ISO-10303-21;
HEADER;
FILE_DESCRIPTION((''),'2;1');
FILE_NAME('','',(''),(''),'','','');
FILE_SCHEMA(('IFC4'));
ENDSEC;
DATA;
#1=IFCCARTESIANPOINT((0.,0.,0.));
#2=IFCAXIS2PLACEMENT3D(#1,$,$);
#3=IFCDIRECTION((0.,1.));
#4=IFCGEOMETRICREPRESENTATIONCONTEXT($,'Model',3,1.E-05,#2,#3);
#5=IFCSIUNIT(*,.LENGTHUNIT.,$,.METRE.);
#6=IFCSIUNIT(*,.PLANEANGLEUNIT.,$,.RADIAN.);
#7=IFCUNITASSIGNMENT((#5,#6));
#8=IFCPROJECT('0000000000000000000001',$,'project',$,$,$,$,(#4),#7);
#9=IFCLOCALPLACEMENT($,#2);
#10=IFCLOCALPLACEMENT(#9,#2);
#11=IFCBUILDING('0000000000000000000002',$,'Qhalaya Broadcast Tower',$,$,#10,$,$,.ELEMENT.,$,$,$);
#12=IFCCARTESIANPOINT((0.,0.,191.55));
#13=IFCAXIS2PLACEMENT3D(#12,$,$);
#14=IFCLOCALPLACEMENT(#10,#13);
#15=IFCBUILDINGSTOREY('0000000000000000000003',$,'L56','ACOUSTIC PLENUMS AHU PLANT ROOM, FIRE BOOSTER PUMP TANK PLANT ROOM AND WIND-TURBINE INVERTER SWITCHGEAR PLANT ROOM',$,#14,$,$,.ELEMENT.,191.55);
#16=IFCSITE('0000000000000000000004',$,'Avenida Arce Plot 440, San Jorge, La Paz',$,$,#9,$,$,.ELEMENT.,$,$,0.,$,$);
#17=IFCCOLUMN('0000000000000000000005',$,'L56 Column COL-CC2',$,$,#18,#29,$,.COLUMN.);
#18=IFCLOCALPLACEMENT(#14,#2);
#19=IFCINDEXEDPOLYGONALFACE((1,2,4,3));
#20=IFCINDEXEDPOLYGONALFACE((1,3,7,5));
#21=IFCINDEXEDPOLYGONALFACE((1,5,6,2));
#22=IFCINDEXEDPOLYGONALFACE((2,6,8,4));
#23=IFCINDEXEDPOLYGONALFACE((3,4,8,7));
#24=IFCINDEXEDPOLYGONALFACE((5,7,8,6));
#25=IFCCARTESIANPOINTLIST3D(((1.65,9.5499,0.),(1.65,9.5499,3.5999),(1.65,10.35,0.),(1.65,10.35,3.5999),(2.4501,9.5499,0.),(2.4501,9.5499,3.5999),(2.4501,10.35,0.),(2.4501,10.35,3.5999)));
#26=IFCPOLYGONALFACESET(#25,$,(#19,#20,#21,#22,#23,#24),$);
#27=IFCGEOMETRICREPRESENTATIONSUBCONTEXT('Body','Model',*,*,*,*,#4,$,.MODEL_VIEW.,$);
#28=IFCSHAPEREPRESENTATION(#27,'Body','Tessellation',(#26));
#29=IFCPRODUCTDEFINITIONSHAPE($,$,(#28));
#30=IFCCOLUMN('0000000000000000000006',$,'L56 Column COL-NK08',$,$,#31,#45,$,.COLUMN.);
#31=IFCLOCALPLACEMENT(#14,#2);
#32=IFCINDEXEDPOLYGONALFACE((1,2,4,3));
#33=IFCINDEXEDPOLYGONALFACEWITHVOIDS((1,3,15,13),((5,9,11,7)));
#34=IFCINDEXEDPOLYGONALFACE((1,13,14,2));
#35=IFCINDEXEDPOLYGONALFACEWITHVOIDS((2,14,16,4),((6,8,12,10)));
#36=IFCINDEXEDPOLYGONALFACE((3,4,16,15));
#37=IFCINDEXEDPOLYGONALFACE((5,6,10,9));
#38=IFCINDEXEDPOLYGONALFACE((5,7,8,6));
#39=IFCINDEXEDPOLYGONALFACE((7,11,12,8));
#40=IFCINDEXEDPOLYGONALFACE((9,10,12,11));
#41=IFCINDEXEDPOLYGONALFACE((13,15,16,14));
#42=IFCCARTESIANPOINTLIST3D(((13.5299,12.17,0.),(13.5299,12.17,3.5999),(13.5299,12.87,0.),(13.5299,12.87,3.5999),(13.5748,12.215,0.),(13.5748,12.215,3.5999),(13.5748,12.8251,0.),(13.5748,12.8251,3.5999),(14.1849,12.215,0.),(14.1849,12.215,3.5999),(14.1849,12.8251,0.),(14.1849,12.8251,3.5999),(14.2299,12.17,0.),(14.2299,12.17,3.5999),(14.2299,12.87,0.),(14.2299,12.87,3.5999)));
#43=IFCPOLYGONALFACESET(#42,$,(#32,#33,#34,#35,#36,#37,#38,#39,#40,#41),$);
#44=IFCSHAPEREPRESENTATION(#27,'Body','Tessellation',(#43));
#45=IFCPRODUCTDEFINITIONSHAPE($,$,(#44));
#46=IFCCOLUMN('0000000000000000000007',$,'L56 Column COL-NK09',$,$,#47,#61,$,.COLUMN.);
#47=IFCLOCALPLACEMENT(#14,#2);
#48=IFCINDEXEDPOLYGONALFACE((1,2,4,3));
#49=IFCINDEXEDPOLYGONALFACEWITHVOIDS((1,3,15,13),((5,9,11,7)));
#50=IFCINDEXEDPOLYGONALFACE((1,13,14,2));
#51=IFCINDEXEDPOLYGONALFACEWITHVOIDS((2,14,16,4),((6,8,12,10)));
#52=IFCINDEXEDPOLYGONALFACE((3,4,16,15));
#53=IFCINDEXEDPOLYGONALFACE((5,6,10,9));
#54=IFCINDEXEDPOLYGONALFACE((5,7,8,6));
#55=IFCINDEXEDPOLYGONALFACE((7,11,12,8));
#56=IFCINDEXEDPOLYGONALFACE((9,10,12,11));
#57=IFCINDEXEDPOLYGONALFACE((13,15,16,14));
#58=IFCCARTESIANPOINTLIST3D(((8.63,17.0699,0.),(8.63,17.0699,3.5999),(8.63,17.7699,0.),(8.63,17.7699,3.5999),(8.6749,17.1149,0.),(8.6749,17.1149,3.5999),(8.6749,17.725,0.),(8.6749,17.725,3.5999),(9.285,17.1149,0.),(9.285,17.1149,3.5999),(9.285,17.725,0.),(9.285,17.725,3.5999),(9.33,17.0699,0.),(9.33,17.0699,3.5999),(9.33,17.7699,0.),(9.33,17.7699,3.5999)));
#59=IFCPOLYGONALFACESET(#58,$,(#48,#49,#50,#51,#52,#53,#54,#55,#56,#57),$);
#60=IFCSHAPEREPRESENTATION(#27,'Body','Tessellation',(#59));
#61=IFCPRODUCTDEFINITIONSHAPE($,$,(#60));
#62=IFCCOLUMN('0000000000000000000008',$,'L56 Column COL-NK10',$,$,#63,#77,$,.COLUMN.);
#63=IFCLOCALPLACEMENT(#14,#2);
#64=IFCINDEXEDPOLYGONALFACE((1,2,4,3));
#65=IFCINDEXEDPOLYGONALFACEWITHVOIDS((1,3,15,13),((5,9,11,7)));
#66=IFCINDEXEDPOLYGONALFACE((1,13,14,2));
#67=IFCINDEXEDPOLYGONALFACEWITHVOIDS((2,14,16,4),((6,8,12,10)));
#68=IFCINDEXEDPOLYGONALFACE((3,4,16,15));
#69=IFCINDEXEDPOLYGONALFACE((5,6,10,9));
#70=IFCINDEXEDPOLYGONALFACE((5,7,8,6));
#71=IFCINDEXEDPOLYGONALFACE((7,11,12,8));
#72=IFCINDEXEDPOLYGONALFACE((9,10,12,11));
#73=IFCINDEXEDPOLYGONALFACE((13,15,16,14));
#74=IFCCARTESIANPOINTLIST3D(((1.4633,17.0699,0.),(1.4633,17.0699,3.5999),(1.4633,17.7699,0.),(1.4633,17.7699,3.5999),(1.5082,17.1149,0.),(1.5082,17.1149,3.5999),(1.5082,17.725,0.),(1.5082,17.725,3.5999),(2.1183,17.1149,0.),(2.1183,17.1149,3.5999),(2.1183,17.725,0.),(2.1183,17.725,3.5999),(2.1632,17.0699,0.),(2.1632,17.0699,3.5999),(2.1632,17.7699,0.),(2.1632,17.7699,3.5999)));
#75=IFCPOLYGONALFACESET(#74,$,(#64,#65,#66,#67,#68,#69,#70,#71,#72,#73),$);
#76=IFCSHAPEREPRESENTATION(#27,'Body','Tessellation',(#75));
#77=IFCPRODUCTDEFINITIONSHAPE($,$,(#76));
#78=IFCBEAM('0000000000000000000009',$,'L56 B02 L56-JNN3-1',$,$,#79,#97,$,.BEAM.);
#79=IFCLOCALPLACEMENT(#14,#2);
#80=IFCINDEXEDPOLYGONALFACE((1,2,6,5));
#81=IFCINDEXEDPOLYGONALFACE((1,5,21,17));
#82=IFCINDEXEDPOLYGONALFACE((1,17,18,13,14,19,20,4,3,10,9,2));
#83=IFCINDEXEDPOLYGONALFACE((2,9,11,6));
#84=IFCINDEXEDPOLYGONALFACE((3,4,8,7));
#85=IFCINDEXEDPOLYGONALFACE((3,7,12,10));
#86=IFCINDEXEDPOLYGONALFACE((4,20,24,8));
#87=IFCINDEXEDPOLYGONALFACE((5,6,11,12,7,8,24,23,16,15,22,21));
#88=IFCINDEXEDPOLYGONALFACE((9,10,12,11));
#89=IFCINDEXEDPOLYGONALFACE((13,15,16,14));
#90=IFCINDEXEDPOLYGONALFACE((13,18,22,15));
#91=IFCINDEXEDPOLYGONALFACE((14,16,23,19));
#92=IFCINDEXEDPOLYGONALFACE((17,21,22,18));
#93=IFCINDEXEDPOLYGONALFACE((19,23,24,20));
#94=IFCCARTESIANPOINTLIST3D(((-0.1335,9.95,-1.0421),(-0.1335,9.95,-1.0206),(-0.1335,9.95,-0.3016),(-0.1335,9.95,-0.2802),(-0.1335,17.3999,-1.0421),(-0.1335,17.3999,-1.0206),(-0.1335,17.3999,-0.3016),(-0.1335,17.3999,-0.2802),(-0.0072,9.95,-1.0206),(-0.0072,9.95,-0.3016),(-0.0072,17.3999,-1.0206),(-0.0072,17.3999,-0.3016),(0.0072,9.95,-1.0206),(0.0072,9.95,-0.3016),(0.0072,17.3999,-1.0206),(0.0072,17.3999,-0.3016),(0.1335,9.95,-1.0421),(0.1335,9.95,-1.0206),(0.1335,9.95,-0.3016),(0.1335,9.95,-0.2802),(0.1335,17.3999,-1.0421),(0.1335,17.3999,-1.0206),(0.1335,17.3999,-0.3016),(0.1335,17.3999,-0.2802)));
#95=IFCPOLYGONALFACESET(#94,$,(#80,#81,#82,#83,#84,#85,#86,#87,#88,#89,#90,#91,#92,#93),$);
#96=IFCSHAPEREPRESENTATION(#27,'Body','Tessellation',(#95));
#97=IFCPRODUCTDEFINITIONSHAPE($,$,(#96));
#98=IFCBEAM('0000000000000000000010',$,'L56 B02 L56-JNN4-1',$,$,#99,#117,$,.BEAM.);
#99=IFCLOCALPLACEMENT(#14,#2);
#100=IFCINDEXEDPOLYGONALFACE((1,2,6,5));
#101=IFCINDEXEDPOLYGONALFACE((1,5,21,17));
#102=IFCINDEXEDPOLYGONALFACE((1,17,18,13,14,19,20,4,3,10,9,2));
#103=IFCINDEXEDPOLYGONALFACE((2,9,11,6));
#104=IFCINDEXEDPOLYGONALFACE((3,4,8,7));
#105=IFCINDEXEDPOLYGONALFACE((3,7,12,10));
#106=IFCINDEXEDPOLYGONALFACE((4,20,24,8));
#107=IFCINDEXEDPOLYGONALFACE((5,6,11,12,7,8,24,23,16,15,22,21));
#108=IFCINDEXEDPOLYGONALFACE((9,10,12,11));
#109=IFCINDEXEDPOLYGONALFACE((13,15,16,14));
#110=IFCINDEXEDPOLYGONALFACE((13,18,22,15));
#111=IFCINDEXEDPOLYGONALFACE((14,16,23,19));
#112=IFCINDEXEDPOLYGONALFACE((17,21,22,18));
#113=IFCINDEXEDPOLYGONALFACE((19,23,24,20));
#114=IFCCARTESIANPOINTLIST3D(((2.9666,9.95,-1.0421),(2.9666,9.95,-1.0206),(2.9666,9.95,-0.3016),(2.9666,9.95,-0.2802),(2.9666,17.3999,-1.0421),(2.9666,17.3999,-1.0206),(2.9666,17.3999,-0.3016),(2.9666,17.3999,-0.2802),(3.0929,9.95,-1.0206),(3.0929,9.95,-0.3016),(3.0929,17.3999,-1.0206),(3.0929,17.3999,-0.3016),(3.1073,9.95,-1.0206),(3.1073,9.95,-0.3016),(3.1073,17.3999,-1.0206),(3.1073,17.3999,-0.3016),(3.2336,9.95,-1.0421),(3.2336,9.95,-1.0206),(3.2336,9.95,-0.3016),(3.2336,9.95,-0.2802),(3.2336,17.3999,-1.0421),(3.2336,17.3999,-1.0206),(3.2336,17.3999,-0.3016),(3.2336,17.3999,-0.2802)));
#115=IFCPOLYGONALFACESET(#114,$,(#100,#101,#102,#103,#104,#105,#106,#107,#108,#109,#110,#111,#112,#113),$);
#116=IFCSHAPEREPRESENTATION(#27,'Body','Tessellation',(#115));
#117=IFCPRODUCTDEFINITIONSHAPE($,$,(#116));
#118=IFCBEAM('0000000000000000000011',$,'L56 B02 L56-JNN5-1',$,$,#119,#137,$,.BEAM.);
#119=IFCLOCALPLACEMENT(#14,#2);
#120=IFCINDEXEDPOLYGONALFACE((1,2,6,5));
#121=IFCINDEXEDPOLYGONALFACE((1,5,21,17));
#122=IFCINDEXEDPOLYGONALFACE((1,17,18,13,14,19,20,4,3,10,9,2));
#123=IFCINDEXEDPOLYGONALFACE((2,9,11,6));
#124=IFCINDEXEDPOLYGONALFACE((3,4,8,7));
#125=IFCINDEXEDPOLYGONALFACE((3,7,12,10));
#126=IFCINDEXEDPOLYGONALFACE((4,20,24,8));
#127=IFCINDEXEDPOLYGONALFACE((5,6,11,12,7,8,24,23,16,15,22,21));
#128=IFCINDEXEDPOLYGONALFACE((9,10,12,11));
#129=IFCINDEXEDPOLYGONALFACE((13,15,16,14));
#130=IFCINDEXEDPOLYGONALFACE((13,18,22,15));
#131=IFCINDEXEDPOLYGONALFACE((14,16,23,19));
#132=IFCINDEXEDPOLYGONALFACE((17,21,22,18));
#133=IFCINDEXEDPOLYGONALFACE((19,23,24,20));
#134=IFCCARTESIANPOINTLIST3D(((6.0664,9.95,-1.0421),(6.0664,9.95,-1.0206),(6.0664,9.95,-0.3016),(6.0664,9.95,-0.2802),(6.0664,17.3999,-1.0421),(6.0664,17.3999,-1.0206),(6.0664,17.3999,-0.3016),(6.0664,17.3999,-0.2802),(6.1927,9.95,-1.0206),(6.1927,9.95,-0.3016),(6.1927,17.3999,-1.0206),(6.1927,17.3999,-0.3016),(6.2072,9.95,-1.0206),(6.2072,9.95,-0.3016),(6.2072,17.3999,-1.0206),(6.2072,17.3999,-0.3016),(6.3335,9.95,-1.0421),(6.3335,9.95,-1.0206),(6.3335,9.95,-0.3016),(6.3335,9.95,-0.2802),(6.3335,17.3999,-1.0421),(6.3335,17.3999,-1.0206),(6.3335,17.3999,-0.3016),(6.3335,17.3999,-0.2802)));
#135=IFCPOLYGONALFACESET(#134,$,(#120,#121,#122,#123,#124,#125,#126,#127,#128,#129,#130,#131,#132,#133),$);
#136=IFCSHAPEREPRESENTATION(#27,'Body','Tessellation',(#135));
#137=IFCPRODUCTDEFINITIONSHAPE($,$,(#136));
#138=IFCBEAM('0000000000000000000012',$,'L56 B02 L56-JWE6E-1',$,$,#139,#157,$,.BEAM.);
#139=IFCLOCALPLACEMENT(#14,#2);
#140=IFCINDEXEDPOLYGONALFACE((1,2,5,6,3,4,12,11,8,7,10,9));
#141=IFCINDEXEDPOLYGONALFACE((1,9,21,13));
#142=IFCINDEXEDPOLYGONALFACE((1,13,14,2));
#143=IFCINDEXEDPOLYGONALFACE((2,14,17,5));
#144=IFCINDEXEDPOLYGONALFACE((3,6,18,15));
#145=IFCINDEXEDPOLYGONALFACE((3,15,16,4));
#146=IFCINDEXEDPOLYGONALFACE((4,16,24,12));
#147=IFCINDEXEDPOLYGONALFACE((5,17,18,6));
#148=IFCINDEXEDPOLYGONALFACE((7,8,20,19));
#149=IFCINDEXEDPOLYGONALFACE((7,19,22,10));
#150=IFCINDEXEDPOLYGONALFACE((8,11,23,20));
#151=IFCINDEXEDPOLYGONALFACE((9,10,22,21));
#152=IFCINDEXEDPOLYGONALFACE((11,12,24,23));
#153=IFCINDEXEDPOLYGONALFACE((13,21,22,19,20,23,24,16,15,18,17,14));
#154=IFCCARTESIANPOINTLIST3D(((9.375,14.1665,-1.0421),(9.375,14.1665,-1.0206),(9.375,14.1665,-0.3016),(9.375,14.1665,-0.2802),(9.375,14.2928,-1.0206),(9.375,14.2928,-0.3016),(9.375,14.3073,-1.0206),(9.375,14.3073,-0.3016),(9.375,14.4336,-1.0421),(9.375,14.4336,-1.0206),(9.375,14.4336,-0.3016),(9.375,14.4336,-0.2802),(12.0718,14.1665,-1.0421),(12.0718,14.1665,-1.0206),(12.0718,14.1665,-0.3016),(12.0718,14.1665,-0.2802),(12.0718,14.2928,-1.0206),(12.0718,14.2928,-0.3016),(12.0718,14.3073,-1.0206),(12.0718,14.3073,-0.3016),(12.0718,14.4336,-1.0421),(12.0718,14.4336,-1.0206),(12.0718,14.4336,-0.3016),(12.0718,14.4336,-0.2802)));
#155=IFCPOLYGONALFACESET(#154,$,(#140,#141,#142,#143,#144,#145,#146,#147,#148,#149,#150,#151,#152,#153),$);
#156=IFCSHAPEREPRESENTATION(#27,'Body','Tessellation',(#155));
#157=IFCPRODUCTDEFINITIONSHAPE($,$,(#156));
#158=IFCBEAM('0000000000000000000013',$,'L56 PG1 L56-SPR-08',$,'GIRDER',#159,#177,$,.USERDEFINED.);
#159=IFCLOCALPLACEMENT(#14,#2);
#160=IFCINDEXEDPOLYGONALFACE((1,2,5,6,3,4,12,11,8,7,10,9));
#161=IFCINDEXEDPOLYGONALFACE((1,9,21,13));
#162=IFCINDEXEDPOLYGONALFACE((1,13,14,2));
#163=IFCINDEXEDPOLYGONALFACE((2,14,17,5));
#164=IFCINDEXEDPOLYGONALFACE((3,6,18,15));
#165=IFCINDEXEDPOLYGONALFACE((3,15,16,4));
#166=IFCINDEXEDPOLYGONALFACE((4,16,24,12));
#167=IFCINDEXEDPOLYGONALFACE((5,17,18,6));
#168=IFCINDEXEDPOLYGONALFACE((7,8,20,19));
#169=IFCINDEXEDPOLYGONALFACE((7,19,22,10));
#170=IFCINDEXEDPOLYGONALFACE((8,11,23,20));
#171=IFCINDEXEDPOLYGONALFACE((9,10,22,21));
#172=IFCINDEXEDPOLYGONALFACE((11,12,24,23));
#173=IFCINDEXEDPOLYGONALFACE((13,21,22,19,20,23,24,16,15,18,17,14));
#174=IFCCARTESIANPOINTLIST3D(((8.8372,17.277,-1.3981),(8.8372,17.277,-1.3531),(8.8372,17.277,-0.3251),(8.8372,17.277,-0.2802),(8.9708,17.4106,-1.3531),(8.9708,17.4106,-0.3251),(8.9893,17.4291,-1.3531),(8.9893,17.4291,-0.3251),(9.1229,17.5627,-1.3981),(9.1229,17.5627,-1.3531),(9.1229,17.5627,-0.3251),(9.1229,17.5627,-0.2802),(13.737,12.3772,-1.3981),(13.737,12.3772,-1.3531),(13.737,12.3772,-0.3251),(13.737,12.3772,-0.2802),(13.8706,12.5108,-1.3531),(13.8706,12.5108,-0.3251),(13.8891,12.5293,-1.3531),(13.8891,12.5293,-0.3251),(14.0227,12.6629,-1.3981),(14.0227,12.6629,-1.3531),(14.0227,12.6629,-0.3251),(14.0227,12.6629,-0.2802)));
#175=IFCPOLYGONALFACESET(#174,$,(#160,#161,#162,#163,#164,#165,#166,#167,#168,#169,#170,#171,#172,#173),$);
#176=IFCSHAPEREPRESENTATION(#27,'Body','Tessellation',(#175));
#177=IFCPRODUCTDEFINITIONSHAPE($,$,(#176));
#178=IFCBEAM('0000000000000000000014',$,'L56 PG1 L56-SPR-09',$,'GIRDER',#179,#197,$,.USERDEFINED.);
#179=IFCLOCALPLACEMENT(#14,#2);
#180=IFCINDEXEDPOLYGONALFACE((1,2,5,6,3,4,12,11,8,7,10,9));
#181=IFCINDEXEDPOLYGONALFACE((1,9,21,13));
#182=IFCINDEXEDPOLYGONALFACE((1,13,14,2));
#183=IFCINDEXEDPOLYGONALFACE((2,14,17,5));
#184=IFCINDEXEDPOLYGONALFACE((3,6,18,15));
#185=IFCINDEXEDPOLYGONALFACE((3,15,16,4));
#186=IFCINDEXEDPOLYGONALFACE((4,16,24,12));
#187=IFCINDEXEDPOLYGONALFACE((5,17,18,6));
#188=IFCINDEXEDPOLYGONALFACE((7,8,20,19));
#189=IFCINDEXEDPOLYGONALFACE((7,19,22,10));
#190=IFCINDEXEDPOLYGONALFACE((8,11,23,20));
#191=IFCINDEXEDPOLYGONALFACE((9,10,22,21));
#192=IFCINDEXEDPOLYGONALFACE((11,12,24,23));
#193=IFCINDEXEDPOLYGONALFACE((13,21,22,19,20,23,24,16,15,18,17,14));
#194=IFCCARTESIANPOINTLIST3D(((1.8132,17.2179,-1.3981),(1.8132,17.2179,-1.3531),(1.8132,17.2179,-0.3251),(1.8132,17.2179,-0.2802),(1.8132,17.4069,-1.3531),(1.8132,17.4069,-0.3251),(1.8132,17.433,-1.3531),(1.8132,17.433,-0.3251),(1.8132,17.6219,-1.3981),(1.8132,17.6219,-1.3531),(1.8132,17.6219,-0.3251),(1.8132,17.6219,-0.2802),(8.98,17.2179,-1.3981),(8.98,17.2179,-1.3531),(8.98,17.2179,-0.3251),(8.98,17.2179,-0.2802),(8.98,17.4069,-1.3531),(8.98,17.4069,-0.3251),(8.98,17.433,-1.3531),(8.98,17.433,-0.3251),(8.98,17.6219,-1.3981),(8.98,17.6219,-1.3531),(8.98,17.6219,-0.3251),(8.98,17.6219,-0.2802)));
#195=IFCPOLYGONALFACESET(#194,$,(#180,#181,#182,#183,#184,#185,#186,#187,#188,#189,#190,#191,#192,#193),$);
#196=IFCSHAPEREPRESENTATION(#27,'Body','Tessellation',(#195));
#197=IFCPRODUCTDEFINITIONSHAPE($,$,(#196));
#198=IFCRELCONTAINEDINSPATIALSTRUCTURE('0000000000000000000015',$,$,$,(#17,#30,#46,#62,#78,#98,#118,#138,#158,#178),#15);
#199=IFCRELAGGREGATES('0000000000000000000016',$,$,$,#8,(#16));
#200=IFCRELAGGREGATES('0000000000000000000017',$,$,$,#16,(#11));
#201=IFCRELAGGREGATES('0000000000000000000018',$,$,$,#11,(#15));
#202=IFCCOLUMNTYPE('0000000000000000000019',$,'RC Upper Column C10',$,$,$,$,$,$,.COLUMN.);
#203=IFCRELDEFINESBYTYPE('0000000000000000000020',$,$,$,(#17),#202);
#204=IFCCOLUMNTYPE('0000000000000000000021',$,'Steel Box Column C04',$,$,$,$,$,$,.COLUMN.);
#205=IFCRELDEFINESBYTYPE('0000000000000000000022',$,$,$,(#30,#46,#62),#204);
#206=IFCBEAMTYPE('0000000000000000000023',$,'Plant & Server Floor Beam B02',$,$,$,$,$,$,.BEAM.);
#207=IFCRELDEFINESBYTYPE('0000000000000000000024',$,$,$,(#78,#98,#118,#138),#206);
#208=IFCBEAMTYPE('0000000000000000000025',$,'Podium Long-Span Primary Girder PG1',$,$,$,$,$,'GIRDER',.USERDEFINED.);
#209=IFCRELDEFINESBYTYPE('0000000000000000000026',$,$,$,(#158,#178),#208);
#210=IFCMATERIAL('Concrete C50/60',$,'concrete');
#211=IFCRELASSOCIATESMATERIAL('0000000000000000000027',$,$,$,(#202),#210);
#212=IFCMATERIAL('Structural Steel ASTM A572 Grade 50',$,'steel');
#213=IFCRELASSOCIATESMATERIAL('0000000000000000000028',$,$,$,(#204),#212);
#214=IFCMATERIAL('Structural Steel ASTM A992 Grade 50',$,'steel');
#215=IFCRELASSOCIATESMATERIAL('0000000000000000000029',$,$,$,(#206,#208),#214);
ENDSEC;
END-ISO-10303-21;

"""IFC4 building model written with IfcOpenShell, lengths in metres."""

from ifc_helpers import new_model, si_unit, direction, frame, origin, origin_2d, place, context, subcontext, project, spatial, rectangle, hollow_rectangle, i_section, extrude, material, material_profile, profile_set, type_object, element, save


model = new_model("IFC4")

# Units and contexts
model_context = context("Model", 3, precision=1e-05, world=origin(), true_north=direction((0.0, 1.0)))
body_context = subcontext(model_context, "Body", "Model", "MODEL_VIEW")
ifc_project = project(units=[si_unit("LENGTHUNIT", "METRE"), si_unit("PLANEANGLEUNIT", "RADIAN")], contexts=[model_context])

# Site, building, storey
site_placement = place(None, origin())
site = spatial("IfcSite", under=ifc_project, at=site_placement, Name="Avenida Arce Plot 440, San Jorge, La Paz", CompositionType="ELEMENT", RefElevation=0.0)
building_placement = place(site_placement, origin())
building = spatial("IfcBuilding", under=site, at=building_placement, Name="Qhalaya Broadcast Tower", CompositionType="ELEMENT")
storey_placement = place(building_placement, frame((0.0, 0.0, 191.55)))
storey = spatial("IfcBuildingStorey", under=building, at=storey_placement, Name="L56", Description="ACOUSTIC PLENUMS AHU PLANT ROOM, FIRE BOOSTER PUMP TANK PLANT ROOM AND WIND-TURBINE INVERTER SWITCHGEAR PLANT ROOM", CompositionType="ELEMENT", Elevation=191.55)

# Columns
ifc_material_1 = material(Name="Concrete C50/60", Category="concrete")
ifc_material_profile_1 = material_profile(ifc_material_1, rectangle(XDim=0.8, YDim=0.8, at=origin_2d()), Name="RC-COL 800x800")
ifc_profile_set_1 = profile_set([ifc_material_profile_1], Name="Concrete C50/60")
column_type_1 = type_object("IfcColumnType", Name="RC Upper Column C10", PredefinedType="COLUMN", material=ifc_profile_set_1)
column_placement = place(storey_placement, frame((2.05, 9.95, 0.0), z_axis=(0.0, 0.0, 1.0), x_axis=(1.0, 0.0, 0.0)))
element("IfcColumn", 1, at=column_placement, inside=storey, type_object=column_type_1, Name="L56 Column COL-CC2", PredefinedType="COLUMN", context=body_context, shape_type="SweptSolid", body=[
    extrude(rectangle(XDim=0.8, YDim=0.8, at=origin_2d()), origin(), (0.0, 0.0, 1.0), 3.5999),
])
ifc_material_2 = material(Name="Structural Steel ASTM A572 Grade 50", Category="steel")
ifc_material_profile_2 = material_profile(ifc_material_2, hollow_rectangle(XDim=0.7, YDim=0.7, WallThickness=0.0449, at=origin_2d()), Name="BOX 700x700x45")
ifc_profile_set_2 = profile_set([ifc_material_profile_2], Name="Structural Steel ASTM A572 Grade 50")
column_type_2 = type_object("IfcColumnType", Name="Steel Box Column C04", PredefinedType="COLUMN", material=ifc_profile_set_2)
for number, where, z_axis, x_axis, name in (
    (2, (13.8799, 12.52, 0.0), (0.0, 0.0, 1.0), (0.0, 1.0, 0.0), "L56 Column COL-NK08"),
    (3, (8.98, 17.4199, 0.0), (0.0, 0.0, 1.0), (1.0, 0.0, 0.0), "L56 Column COL-NK09"),
    (4, (1.8132, 17.4199, 0.0), (0.0, 0.0, 1.0), (1.0, 0.0, 0.0), "L56 Column COL-NK10"),
):
    element("IfcColumn", number, at=place(storey_placement, frame(where, z_axis=z_axis, x_axis=x_axis)), inside=storey, type_object=column_type_2, Name=name, PredefinedType="COLUMN", context=body_context, shape_type="SweptSolid", body=[
        extrude(hollow_rectangle(XDim=0.7, YDim=0.7, WallThickness=0.0449, at=origin_2d()), origin(), (0.0, 0.0, 1.0), 3.5999),
    ])

# Beams
ifc_material_3 = material(Name="Structural Steel ASTM A992 Grade 50", Category="steel")
ifc_material_profile_3 = material_profile(ifc_material_3, i_section(OverallWidth=0.2671, OverallDepth=0.762, WebThickness=0.0144, FlangeThickness=0.0215, at=origin_2d()), Name="W30X116")
ifc_profile_set_3 = profile_set([ifc_material_profile_3], Name="Structural Steel ASTM A992 Grade 50")
beam_type_1 = type_object("IfcBeamType", Name="Plant & Server Floor Beam B02", PredefinedType="BEAM", material=ifc_profile_set_3)
for number, where, z_axis, x_axis, name in (
    (5, (0.0, 9.95, -0.6611), (0.0, 1.0, 0.0), (-1.0, 0.0, 0.0), "L56 B02 L56-JNN3-1"),
    (6, (3.1001, 9.95, -0.6611), (0.0, 1.0, 0.0), (-1.0, 0.0, 0.0), "L56 B02 L56-JNN4-1"),
    (7, (6.2, 9.95, -0.6611), (0.0, 1.0, 0.0), (-1.0, 0.0, 0.0), "L56 B02 L56-JNN5-1"),
):
    element("IfcBeam", number, at=place(storey_placement, frame(where, z_axis=z_axis, x_axis=x_axis)), inside=storey, type_object=beam_type_1, Name=name, PredefinedType="BEAM", context=body_context, shape_type="SweptSolid", body=[
        extrude(i_section(OverallWidth=0.2671, OverallDepth=0.762, WebThickness=0.0144, FlangeThickness=0.0215, at=origin_2d()), origin(), (0.0, 0.0, 1.0), 7.45),
    ])
beam_1_placement = place(storey_placement, frame((9.375, 14.3, -0.6611), z_axis=(1.0, 0.0, 0.0), x_axis=(0.0, 1.0, 0.0)))
element("IfcBeam", 8, at=beam_1_placement, inside=storey, type_object=beam_type_1, Name="L56 B02 L56-JWE6E-1", PredefinedType="BEAM", context=body_context, shape_type="SweptSolid", body=[
    extrude(i_section(OverallWidth=0.2671, OverallDepth=0.762, WebThickness=0.0144, FlangeThickness=0.0215, at=origin_2d()), origin(), (0.0, 0.0, 1.0), 2.6968),
])
ifc_material_profile_4 = material_profile(ifc_material_3, i_section(OverallWidth=0.4041, OverallDepth=1.1179, WebThickness=0.0261, FlangeThickness=0.0449, at=origin_2d()), Name="W44X335")
ifc_profile_set_4 = profile_set([ifc_material_profile_4], Name="Structural Steel ASTM A992 Grade 50")
beam_type_2 = type_object("IfcBeamType", Name="Podium Long-Span Primary Girder PG1", ElementType="GIRDER", PredefinedType="USERDEFINED", material=ifc_profile_set_4)
beam_2_placement = place(storey_placement, frame((13.8799, 12.52, -0.8391), z_axis=(-0.707107, 0.707107, 0.0), x_axis=(-0.707107, -0.707107, 0.0)))
element("IfcBeam", 9, at=beam_2_placement, inside=storey, type_object=beam_type_2, Name="L56 PG1 L56-SPR-08", ObjectType="GIRDER", PredefinedType="USERDEFINED", context=body_context, shape_type="SweptSolid", body=[
    extrude(i_section(OverallWidth=0.4041, OverallDepth=1.1179, WebThickness=0.0261, FlangeThickness=0.0449, at=origin_2d()), origin(), (0.0, 0.0, 1.0), 6.9294),
])
beam_3_placement = place(storey_placement, frame((8.98, 17.4199, -0.8391), z_axis=(-1.0, 0.0, 0.0), x_axis=(0.0, -1.0, 0.0)))
element("IfcBeam", 10, at=beam_3_placement, inside=storey, type_object=beam_type_2, Name="L56 PG1 L56-SPR-09", ObjectType="GIRDER", PredefinedType="USERDEFINED", context=body_context, shape_type="SweptSolid", body=[
    extrude(i_section(OverallWidth=0.4041, OverallDepth=1.1179, WebThickness=0.0261, FlangeThickness=0.0449, at=origin_2d()), origin(), (0.0, 0.0, 1.0), 7.1667),
])

save(model, "model.ifc")
